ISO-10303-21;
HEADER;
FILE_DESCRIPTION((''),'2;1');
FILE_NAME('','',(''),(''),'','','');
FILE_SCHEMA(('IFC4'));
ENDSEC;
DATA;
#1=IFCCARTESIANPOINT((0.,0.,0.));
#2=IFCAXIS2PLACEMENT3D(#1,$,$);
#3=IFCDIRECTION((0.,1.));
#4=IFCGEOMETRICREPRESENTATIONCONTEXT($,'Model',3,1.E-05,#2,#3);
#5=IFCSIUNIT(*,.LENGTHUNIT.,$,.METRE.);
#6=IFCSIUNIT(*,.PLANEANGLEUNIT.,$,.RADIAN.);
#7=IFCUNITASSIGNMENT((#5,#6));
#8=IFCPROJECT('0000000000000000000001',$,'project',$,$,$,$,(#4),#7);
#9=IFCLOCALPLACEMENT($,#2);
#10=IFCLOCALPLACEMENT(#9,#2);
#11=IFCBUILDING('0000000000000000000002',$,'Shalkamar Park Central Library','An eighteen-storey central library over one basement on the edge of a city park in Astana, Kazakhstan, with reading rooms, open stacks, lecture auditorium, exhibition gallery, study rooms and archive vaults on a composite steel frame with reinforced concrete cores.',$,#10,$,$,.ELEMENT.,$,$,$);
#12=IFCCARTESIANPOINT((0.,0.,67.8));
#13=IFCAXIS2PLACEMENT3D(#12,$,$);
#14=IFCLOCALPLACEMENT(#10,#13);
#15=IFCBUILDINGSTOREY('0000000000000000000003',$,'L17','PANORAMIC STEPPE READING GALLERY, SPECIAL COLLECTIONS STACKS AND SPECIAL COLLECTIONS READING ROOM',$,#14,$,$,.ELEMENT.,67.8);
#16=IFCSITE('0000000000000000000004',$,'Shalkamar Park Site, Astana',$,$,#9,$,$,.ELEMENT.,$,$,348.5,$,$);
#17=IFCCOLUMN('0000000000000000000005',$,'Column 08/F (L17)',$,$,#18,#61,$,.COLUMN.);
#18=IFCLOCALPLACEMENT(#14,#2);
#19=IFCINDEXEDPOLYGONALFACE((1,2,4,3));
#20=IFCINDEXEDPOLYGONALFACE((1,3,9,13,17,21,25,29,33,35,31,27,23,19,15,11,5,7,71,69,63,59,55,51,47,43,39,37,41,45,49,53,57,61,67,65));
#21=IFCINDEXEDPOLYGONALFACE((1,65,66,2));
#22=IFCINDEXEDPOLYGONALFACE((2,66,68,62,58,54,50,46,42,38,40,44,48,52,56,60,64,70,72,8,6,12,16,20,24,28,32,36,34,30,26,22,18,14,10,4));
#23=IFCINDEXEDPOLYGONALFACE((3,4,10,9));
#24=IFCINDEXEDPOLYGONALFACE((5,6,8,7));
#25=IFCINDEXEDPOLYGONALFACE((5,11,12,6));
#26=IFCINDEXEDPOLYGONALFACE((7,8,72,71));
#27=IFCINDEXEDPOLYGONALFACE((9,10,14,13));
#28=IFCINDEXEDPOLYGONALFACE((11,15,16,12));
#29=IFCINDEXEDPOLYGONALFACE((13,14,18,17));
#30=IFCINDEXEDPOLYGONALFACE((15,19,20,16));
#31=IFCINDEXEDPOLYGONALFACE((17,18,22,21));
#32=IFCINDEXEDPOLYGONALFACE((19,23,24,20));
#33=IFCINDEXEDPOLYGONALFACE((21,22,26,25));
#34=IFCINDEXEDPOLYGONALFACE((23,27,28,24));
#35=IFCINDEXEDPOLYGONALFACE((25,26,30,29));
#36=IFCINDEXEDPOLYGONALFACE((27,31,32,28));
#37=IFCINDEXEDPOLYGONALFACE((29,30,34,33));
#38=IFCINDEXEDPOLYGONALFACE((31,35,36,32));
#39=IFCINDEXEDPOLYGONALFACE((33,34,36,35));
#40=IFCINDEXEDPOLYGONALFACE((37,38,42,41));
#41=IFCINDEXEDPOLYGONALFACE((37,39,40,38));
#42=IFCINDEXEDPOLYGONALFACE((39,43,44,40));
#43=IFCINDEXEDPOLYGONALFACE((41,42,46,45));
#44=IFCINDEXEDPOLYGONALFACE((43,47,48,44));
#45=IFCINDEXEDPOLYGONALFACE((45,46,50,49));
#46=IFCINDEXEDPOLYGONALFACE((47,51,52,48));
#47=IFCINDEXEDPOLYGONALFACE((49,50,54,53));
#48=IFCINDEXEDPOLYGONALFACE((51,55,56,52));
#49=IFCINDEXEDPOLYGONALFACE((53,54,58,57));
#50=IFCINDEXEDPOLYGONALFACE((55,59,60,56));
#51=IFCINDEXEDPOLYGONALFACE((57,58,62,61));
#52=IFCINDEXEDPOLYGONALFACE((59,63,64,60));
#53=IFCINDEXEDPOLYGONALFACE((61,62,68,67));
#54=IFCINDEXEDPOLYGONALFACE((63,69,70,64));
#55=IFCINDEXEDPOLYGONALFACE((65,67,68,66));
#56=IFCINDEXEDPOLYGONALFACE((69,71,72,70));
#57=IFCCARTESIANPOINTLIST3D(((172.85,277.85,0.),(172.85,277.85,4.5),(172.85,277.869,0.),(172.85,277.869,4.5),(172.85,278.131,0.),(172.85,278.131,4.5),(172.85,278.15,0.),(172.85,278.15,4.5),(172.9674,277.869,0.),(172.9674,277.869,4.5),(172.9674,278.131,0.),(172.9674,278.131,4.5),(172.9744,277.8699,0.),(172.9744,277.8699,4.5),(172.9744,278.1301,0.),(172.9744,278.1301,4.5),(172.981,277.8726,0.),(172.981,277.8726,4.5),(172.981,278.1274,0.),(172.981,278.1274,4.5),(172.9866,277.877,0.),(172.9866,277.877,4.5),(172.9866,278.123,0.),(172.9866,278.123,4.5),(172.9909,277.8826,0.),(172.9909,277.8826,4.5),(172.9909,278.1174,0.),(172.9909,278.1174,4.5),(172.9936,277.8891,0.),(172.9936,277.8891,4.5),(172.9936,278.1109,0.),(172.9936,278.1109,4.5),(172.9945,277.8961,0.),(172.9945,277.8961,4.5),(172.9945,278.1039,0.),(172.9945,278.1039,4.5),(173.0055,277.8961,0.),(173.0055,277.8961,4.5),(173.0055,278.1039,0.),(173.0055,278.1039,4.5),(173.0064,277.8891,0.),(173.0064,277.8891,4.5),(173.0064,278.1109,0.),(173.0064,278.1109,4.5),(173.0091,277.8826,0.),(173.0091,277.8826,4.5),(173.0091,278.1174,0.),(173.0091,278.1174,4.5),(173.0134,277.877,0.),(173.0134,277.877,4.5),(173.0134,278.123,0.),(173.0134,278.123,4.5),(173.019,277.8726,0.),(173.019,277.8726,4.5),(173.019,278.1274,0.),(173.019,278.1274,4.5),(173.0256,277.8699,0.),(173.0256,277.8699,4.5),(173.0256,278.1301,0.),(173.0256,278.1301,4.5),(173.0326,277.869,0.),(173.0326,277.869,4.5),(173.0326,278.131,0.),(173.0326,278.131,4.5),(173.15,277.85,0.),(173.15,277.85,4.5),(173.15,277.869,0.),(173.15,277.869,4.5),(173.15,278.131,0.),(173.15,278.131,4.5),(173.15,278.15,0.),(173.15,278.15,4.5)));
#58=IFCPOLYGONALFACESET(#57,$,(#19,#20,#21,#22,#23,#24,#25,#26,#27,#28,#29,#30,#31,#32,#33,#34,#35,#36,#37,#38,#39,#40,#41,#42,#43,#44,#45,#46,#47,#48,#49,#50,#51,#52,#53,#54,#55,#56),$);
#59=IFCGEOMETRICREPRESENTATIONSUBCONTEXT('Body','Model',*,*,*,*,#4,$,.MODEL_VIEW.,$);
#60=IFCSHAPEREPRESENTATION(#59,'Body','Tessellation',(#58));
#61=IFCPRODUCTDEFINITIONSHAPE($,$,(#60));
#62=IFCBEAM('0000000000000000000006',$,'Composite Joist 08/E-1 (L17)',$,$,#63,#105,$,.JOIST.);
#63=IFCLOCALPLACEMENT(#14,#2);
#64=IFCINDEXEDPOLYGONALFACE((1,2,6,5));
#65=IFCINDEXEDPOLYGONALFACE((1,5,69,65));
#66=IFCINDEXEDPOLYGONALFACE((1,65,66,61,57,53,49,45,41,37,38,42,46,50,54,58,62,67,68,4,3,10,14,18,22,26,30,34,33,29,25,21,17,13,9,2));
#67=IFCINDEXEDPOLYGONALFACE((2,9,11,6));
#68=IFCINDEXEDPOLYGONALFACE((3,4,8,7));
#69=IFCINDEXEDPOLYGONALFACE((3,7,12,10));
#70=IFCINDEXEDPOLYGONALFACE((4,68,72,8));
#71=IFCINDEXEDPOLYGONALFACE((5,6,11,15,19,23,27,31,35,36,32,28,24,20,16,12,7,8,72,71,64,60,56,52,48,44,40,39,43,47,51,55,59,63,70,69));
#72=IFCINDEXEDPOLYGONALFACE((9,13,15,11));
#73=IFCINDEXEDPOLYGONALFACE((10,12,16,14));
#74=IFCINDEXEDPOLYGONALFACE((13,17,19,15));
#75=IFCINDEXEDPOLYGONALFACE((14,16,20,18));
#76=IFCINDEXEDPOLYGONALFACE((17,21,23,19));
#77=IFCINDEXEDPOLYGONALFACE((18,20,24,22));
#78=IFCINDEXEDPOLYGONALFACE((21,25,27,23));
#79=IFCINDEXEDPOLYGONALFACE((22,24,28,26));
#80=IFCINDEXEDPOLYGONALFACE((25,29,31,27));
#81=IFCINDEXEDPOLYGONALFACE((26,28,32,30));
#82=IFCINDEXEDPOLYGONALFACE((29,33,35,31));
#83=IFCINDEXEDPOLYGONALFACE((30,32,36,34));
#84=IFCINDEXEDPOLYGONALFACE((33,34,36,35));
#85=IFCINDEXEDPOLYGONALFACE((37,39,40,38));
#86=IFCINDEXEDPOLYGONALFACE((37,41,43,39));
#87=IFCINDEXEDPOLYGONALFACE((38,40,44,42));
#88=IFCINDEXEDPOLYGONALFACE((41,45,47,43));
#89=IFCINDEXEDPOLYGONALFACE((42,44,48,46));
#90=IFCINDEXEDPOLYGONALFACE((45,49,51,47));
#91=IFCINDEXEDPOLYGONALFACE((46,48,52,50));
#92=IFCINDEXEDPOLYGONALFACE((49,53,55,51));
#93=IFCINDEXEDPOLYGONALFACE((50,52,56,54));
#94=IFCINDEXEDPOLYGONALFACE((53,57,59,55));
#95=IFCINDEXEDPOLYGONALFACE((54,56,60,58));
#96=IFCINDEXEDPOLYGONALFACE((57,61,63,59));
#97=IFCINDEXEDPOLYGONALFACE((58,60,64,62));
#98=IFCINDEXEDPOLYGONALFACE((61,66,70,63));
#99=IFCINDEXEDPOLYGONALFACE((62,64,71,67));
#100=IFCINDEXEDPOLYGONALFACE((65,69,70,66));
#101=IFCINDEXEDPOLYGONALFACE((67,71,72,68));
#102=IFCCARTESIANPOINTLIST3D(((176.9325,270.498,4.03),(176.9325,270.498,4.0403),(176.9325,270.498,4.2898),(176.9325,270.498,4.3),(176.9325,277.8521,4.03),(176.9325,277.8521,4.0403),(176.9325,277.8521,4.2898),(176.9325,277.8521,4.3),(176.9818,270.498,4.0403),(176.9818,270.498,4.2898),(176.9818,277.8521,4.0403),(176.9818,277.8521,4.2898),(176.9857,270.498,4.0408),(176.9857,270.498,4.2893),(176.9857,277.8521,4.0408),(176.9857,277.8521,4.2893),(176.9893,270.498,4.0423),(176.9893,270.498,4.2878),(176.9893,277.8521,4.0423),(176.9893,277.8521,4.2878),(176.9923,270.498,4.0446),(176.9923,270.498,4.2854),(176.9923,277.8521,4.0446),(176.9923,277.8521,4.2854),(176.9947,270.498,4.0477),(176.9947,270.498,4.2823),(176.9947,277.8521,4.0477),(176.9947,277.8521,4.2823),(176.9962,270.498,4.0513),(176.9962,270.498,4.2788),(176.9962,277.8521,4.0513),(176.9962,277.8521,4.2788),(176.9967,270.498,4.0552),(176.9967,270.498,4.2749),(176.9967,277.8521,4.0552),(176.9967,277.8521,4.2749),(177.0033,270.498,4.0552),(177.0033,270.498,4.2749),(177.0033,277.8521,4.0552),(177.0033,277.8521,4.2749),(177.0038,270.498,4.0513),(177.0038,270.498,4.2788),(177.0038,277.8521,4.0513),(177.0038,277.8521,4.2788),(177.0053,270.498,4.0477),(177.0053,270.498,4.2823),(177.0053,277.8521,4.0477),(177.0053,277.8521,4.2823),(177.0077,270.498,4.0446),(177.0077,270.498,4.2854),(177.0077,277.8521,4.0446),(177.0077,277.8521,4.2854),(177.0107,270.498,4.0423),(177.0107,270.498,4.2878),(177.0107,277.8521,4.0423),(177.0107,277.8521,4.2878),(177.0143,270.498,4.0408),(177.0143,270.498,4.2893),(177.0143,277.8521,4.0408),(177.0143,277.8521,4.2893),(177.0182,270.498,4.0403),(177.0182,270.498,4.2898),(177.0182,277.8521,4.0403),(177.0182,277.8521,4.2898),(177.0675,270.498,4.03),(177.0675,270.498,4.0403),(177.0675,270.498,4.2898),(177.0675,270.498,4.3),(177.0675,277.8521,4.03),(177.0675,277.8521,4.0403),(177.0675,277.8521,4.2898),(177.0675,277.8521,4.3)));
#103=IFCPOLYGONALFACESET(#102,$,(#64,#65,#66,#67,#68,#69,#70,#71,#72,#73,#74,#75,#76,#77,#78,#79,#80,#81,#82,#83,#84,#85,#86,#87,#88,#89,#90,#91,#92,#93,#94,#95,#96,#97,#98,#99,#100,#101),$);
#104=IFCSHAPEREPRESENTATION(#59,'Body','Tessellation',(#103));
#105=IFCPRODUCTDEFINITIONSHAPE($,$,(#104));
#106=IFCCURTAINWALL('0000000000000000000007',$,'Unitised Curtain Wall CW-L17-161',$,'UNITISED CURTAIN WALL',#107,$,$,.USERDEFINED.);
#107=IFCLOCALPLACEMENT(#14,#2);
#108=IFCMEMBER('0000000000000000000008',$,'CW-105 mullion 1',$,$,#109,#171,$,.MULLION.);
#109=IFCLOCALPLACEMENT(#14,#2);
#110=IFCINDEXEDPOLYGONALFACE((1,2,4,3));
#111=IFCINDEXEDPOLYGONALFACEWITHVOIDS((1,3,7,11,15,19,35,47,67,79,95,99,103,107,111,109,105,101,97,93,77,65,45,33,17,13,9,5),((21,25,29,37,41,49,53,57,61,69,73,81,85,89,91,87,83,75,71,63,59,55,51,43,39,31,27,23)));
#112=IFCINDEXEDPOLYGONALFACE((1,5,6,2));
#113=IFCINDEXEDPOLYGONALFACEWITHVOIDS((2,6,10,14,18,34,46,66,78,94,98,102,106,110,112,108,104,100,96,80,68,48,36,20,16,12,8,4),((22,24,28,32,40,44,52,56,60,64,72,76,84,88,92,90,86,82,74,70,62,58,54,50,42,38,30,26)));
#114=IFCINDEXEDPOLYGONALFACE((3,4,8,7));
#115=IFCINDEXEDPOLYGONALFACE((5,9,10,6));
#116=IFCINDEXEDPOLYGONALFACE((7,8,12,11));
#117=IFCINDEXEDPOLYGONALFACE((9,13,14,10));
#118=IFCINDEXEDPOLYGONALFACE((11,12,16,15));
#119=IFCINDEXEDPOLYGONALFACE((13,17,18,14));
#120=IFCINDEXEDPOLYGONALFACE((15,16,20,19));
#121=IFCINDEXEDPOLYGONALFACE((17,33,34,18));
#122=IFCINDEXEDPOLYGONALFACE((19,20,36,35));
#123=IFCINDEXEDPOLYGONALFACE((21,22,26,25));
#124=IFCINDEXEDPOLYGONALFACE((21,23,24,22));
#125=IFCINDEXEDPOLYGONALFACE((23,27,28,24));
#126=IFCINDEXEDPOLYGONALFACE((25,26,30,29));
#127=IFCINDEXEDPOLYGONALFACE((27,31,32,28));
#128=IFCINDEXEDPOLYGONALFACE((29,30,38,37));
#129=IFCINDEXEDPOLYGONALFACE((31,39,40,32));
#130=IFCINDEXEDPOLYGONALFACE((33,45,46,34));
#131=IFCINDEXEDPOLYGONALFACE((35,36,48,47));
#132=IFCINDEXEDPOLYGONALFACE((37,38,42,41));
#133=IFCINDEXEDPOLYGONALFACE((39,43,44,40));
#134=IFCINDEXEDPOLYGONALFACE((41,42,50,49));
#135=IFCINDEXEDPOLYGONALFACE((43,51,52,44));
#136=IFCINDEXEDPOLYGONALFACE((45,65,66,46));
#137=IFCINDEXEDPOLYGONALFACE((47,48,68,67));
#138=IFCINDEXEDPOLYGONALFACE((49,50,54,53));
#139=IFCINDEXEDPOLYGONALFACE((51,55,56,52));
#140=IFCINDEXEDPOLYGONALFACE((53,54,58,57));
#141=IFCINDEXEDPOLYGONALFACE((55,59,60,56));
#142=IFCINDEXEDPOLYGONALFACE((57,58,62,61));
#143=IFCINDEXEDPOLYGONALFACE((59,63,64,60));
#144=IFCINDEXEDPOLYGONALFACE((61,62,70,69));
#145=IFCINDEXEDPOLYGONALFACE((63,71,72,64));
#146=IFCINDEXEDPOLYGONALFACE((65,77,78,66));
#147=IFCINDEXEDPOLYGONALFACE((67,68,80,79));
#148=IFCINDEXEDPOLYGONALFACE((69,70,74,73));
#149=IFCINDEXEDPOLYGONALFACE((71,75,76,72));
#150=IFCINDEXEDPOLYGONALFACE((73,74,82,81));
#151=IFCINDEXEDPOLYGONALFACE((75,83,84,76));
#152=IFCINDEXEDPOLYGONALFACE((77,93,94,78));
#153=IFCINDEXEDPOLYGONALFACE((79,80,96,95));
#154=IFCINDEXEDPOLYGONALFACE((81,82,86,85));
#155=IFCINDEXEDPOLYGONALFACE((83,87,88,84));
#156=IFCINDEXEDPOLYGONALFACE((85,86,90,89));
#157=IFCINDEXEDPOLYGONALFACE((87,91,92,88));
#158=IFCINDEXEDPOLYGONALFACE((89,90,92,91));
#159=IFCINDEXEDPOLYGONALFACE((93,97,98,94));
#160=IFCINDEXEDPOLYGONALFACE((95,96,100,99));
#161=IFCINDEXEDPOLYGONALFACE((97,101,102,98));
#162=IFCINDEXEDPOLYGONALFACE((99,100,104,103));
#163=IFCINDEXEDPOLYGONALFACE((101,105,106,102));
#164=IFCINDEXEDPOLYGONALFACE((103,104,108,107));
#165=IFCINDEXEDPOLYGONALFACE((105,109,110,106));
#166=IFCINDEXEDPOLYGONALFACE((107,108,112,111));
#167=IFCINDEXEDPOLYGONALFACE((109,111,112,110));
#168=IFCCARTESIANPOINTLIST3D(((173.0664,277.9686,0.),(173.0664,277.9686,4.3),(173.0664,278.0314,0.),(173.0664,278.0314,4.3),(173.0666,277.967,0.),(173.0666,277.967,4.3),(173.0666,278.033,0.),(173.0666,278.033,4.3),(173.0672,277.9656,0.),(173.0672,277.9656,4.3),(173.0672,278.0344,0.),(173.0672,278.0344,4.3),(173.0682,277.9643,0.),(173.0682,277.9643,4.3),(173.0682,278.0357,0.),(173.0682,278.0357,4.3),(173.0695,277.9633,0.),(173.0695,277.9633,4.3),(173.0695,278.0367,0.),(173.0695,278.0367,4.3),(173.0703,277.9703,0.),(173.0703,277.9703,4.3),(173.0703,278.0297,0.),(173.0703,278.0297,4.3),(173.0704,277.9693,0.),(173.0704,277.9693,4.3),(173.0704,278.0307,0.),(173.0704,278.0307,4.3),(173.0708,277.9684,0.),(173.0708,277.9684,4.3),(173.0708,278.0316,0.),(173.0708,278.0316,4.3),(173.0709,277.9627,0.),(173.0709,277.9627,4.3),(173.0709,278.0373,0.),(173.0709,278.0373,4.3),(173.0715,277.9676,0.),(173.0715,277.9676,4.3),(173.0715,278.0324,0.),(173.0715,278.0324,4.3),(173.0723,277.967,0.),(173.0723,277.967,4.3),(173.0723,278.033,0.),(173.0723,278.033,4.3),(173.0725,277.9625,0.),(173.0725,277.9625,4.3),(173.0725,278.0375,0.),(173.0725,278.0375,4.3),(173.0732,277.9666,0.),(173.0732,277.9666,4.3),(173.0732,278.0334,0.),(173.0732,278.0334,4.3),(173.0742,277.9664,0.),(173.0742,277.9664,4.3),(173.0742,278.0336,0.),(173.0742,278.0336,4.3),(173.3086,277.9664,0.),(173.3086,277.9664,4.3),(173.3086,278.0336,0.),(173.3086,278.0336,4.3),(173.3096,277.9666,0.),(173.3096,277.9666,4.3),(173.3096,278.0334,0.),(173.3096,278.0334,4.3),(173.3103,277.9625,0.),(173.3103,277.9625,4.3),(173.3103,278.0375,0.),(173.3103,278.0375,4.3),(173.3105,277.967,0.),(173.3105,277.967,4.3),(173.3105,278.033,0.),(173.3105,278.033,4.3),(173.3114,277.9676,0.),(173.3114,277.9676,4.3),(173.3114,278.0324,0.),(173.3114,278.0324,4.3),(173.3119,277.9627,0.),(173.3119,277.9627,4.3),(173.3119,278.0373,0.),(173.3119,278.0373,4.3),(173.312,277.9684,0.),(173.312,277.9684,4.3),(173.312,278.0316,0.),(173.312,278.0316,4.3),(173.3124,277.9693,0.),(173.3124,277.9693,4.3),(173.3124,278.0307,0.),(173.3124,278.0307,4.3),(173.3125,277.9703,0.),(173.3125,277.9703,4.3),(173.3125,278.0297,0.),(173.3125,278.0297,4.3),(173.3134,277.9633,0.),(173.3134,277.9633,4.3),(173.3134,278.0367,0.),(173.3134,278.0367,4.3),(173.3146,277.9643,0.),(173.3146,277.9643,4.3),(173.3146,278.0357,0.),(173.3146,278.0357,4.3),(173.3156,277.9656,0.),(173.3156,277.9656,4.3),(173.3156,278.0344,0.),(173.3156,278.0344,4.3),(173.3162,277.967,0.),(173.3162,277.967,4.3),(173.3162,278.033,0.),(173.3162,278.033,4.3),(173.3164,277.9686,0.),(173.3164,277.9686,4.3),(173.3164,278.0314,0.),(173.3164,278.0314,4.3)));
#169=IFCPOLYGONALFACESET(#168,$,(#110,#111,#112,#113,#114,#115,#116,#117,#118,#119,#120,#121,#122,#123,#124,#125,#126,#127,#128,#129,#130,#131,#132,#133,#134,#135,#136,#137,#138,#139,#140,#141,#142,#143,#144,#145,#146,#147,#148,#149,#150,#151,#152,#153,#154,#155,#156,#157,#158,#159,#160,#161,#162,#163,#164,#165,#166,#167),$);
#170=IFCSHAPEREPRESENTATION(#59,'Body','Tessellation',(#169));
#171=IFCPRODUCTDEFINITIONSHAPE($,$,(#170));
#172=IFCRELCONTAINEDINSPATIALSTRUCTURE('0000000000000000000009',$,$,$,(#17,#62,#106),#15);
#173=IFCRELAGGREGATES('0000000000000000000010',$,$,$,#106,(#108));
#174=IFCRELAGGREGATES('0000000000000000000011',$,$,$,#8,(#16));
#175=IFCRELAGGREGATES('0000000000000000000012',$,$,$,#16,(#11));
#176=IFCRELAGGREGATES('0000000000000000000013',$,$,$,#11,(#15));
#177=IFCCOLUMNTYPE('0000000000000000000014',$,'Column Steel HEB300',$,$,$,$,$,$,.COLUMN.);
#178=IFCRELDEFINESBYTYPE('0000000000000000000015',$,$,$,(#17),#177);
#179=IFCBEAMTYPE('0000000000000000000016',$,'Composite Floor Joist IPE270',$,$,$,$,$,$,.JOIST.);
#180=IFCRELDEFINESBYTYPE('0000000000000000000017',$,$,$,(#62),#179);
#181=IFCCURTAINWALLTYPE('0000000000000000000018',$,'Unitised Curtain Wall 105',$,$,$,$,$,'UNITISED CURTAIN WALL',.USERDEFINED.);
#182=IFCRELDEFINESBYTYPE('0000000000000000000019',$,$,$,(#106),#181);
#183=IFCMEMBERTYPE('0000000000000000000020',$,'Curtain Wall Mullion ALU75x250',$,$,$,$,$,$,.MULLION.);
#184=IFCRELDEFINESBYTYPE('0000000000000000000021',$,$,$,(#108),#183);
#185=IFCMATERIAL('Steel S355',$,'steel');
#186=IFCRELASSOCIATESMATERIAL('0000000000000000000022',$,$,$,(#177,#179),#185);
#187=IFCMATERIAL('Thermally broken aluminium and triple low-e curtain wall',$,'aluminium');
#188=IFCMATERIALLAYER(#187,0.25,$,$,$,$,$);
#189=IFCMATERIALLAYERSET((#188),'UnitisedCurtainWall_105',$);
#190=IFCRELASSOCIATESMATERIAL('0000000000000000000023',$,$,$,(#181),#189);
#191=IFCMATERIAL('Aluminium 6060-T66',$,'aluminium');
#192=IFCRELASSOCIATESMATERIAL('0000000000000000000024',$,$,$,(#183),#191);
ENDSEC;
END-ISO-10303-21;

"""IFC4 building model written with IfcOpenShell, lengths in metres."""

from ifc_helpers import new_model, si_unit, direction, frame, origin, origin_2d, place, context, subcontext, project, spatial, hollow_rectangle, i_section, extrude, material, layer, layer_set, material_profile, profile_set, type_object, element, aggregate, save


model = new_model("IFC4")

# Units and contexts
model_context = context("Model", 3, precision=1e-05, world=origin(), true_north=direction((0.0, 1.0)))
body_context = subcontext(model_context, "Body", "Model", "MODEL_VIEW")
ifc_project = project(units=[si_unit("LENGTHUNIT", "METRE"), si_unit("PLANEANGLEUNIT", "RADIAN")], contexts=[model_context])

# Site, building, storey
site_placement = place(None, origin())
site = spatial("IfcSite", under=ifc_project, at=site_placement, Name="Shalkamar Park Site, Astana", CompositionType="ELEMENT", RefElevation=348.5)
building_placement = place(site_placement, origin())
building = spatial("IfcBuilding", under=site, at=building_placement, Name="Shalkamar Park Central Library", Description="An eighteen-storey central library over one basement on the edge of a city park in Astana, Kazakhstan, with reading rooms, open stacks, lecture auditorium, exhibition gallery, study rooms and archive vaults on a composite steel frame with reinforced concrete cores.", CompositionType="ELEMENT")
storey_placement = place(building_placement, frame((0.0, 0.0, 67.8)))
storey = spatial("IfcBuildingStorey", under=building, at=storey_placement, Name="L17", Description="PANORAMIC STEPPE READING GALLERY, SPECIAL COLLECTIONS STACKS AND SPECIAL COLLECTIONS READING ROOM", CompositionType="ELEMENT", Elevation=67.8)

# Column
ifc_material_1 = material(Name="Steel S355", Category="steel")
ifc_material_profile_1 = material_profile(ifc_material_1, i_section(OverallWidth=0.3, OverallDepth=0.3, WebThickness=0.011, FlangeThickness=0.019, FilletRadius=0.0271, at=origin_2d()), Name="HEB 300")
ifc_profile_set_1 = profile_set([ifc_material_profile_1], Name="Steel S355")
column_type = type_object("IfcColumnType", Name="Column Steel HEB300", PredefinedType="COLUMN", material=ifc_profile_set_1)
column_placement = place(storey_placement, frame((173.0, 278.0, 0.0), z_axis=(0.0, 0.0, 1.0), x_axis=(1.0, 0.0, 0.0)))
element("IfcColumn", 1, at=column_placement, inside=storey, type_object=column_type, Name="Column 08/F (L17)", PredefinedType="COLUMN", context=body_context, shape_type="SweptSolid", body=[
    extrude(i_section(OverallWidth=0.3, OverallDepth=0.3, WebThickness=0.011, FlangeThickness=0.019, FilletRadius=0.0271, at=origin_2d()), origin(), (0.0, 0.0, 1.0), 4.5),
])

# Beam
ifc_material_profile_2 = material_profile(ifc_material_1, i_section(OverallWidth=0.135, OverallDepth=0.27, WebThickness=0.0066, FlangeThickness=0.0103, FilletRadius=0.0149, at=origin_2d()), Name="IPE 270")
ifc_profile_set_2 = profile_set([ifc_material_profile_2], Name="Steel S355")
beam_type_1 = type_object("IfcBeamType", Name="Composite Floor Joist IPE270", PredefinedType="JOIST", material=ifc_profile_set_2)
beam_1_placement = place(storey_placement, frame((177.0, 270.498, 4.165), z_axis=(0.0, 1.0, 0.0), x_axis=(-1.0, 0.0, 0.0)))
element("IfcBeam", 2, at=beam_1_placement, inside=storey, type_object=beam_type_1, Name="Composite Joist 08/E-1 (L17)", PredefinedType="JOIST", context=body_context, shape_type="SweptSolid", body=[
    extrude(i_section(OverallWidth=0.135, OverallDepth=0.27, WebThickness=0.0066, FlangeThickness=0.0103, FilletRadius=0.0149, at=origin_2d()), origin(), (0.0, 0.0, 1.0), 7.354),
])

# Curtain wall, member
ifc_material_2 = material(Name="Thermally broken aluminium and triple low-e curtain wall", Category="aluminium")
ifc_layer_1 = layer(ifc_material_2, 0.25)
ifc_layer_set_1 = layer_set([ifc_layer_1], Name="UnitisedCurtainWall_105")
curtain_wall_type = type_object("IfcCurtainWallType", Name="Unitised Curtain Wall 105", ElementType="UNITISED CURTAIN WALL", PredefinedType="USERDEFINED", material=ifc_layer_set_1)
curtain_wall_placement = place(storey_placement, origin())
curtain_wall = element("IfcCurtainWall", 3, at=curtain_wall_placement, inside=storey, type_object=curtain_wall_type, Name="Unitised Curtain Wall CW-L17-161", ObjectType="UNITISED CURTAIN WALL", PredefinedType="USERDEFINED")
ifc_material_3 = material(Name="Aluminium 6060-T66", Category="aluminium")
ifc_material_profile_3 = material_profile(ifc_material_3, hollow_rectangle(XDim=0.075, YDim=0.25, WallThickness=0.0039, InnerFilletRadius=0.0039, OuterFilletRadius=0.0061, at=origin_2d()), Name="ALU 75x250x4")
ifc_profile_set_3 = profile_set([ifc_material_profile_3], Name="Aluminium 6060-T66")
member_type_1 = type_object("IfcMemberType", Name="Curtain Wall Mullion ALU75x250", PredefinedType="MULLION", material=ifc_profile_set_3)
member_1_placement = place(storey_placement, frame((173.1914, 278.0, 0.0), z_axis=(0.0, 0.0, 1.0), x_axis=(0.0, 1.0, 0.0)))
member_1 = element("IfcMember", 4, at=member_1_placement, type_object=member_type_1, Name="CW-105 mullion 1", PredefinedType="MULLION", context=body_context, shape_type="SweptSolid", body=[
    extrude(hollow_rectangle(XDim=0.075, YDim=0.25, WallThickness=0.0039, InnerFilletRadius=0.0039, OuterFilletRadius=0.0061, at=origin_2d()), origin(), (0.0, 0.0, 1.0), 4.3),
])

aggregate(curtain_wall, [member_1])

save(model, "model.ifc")
